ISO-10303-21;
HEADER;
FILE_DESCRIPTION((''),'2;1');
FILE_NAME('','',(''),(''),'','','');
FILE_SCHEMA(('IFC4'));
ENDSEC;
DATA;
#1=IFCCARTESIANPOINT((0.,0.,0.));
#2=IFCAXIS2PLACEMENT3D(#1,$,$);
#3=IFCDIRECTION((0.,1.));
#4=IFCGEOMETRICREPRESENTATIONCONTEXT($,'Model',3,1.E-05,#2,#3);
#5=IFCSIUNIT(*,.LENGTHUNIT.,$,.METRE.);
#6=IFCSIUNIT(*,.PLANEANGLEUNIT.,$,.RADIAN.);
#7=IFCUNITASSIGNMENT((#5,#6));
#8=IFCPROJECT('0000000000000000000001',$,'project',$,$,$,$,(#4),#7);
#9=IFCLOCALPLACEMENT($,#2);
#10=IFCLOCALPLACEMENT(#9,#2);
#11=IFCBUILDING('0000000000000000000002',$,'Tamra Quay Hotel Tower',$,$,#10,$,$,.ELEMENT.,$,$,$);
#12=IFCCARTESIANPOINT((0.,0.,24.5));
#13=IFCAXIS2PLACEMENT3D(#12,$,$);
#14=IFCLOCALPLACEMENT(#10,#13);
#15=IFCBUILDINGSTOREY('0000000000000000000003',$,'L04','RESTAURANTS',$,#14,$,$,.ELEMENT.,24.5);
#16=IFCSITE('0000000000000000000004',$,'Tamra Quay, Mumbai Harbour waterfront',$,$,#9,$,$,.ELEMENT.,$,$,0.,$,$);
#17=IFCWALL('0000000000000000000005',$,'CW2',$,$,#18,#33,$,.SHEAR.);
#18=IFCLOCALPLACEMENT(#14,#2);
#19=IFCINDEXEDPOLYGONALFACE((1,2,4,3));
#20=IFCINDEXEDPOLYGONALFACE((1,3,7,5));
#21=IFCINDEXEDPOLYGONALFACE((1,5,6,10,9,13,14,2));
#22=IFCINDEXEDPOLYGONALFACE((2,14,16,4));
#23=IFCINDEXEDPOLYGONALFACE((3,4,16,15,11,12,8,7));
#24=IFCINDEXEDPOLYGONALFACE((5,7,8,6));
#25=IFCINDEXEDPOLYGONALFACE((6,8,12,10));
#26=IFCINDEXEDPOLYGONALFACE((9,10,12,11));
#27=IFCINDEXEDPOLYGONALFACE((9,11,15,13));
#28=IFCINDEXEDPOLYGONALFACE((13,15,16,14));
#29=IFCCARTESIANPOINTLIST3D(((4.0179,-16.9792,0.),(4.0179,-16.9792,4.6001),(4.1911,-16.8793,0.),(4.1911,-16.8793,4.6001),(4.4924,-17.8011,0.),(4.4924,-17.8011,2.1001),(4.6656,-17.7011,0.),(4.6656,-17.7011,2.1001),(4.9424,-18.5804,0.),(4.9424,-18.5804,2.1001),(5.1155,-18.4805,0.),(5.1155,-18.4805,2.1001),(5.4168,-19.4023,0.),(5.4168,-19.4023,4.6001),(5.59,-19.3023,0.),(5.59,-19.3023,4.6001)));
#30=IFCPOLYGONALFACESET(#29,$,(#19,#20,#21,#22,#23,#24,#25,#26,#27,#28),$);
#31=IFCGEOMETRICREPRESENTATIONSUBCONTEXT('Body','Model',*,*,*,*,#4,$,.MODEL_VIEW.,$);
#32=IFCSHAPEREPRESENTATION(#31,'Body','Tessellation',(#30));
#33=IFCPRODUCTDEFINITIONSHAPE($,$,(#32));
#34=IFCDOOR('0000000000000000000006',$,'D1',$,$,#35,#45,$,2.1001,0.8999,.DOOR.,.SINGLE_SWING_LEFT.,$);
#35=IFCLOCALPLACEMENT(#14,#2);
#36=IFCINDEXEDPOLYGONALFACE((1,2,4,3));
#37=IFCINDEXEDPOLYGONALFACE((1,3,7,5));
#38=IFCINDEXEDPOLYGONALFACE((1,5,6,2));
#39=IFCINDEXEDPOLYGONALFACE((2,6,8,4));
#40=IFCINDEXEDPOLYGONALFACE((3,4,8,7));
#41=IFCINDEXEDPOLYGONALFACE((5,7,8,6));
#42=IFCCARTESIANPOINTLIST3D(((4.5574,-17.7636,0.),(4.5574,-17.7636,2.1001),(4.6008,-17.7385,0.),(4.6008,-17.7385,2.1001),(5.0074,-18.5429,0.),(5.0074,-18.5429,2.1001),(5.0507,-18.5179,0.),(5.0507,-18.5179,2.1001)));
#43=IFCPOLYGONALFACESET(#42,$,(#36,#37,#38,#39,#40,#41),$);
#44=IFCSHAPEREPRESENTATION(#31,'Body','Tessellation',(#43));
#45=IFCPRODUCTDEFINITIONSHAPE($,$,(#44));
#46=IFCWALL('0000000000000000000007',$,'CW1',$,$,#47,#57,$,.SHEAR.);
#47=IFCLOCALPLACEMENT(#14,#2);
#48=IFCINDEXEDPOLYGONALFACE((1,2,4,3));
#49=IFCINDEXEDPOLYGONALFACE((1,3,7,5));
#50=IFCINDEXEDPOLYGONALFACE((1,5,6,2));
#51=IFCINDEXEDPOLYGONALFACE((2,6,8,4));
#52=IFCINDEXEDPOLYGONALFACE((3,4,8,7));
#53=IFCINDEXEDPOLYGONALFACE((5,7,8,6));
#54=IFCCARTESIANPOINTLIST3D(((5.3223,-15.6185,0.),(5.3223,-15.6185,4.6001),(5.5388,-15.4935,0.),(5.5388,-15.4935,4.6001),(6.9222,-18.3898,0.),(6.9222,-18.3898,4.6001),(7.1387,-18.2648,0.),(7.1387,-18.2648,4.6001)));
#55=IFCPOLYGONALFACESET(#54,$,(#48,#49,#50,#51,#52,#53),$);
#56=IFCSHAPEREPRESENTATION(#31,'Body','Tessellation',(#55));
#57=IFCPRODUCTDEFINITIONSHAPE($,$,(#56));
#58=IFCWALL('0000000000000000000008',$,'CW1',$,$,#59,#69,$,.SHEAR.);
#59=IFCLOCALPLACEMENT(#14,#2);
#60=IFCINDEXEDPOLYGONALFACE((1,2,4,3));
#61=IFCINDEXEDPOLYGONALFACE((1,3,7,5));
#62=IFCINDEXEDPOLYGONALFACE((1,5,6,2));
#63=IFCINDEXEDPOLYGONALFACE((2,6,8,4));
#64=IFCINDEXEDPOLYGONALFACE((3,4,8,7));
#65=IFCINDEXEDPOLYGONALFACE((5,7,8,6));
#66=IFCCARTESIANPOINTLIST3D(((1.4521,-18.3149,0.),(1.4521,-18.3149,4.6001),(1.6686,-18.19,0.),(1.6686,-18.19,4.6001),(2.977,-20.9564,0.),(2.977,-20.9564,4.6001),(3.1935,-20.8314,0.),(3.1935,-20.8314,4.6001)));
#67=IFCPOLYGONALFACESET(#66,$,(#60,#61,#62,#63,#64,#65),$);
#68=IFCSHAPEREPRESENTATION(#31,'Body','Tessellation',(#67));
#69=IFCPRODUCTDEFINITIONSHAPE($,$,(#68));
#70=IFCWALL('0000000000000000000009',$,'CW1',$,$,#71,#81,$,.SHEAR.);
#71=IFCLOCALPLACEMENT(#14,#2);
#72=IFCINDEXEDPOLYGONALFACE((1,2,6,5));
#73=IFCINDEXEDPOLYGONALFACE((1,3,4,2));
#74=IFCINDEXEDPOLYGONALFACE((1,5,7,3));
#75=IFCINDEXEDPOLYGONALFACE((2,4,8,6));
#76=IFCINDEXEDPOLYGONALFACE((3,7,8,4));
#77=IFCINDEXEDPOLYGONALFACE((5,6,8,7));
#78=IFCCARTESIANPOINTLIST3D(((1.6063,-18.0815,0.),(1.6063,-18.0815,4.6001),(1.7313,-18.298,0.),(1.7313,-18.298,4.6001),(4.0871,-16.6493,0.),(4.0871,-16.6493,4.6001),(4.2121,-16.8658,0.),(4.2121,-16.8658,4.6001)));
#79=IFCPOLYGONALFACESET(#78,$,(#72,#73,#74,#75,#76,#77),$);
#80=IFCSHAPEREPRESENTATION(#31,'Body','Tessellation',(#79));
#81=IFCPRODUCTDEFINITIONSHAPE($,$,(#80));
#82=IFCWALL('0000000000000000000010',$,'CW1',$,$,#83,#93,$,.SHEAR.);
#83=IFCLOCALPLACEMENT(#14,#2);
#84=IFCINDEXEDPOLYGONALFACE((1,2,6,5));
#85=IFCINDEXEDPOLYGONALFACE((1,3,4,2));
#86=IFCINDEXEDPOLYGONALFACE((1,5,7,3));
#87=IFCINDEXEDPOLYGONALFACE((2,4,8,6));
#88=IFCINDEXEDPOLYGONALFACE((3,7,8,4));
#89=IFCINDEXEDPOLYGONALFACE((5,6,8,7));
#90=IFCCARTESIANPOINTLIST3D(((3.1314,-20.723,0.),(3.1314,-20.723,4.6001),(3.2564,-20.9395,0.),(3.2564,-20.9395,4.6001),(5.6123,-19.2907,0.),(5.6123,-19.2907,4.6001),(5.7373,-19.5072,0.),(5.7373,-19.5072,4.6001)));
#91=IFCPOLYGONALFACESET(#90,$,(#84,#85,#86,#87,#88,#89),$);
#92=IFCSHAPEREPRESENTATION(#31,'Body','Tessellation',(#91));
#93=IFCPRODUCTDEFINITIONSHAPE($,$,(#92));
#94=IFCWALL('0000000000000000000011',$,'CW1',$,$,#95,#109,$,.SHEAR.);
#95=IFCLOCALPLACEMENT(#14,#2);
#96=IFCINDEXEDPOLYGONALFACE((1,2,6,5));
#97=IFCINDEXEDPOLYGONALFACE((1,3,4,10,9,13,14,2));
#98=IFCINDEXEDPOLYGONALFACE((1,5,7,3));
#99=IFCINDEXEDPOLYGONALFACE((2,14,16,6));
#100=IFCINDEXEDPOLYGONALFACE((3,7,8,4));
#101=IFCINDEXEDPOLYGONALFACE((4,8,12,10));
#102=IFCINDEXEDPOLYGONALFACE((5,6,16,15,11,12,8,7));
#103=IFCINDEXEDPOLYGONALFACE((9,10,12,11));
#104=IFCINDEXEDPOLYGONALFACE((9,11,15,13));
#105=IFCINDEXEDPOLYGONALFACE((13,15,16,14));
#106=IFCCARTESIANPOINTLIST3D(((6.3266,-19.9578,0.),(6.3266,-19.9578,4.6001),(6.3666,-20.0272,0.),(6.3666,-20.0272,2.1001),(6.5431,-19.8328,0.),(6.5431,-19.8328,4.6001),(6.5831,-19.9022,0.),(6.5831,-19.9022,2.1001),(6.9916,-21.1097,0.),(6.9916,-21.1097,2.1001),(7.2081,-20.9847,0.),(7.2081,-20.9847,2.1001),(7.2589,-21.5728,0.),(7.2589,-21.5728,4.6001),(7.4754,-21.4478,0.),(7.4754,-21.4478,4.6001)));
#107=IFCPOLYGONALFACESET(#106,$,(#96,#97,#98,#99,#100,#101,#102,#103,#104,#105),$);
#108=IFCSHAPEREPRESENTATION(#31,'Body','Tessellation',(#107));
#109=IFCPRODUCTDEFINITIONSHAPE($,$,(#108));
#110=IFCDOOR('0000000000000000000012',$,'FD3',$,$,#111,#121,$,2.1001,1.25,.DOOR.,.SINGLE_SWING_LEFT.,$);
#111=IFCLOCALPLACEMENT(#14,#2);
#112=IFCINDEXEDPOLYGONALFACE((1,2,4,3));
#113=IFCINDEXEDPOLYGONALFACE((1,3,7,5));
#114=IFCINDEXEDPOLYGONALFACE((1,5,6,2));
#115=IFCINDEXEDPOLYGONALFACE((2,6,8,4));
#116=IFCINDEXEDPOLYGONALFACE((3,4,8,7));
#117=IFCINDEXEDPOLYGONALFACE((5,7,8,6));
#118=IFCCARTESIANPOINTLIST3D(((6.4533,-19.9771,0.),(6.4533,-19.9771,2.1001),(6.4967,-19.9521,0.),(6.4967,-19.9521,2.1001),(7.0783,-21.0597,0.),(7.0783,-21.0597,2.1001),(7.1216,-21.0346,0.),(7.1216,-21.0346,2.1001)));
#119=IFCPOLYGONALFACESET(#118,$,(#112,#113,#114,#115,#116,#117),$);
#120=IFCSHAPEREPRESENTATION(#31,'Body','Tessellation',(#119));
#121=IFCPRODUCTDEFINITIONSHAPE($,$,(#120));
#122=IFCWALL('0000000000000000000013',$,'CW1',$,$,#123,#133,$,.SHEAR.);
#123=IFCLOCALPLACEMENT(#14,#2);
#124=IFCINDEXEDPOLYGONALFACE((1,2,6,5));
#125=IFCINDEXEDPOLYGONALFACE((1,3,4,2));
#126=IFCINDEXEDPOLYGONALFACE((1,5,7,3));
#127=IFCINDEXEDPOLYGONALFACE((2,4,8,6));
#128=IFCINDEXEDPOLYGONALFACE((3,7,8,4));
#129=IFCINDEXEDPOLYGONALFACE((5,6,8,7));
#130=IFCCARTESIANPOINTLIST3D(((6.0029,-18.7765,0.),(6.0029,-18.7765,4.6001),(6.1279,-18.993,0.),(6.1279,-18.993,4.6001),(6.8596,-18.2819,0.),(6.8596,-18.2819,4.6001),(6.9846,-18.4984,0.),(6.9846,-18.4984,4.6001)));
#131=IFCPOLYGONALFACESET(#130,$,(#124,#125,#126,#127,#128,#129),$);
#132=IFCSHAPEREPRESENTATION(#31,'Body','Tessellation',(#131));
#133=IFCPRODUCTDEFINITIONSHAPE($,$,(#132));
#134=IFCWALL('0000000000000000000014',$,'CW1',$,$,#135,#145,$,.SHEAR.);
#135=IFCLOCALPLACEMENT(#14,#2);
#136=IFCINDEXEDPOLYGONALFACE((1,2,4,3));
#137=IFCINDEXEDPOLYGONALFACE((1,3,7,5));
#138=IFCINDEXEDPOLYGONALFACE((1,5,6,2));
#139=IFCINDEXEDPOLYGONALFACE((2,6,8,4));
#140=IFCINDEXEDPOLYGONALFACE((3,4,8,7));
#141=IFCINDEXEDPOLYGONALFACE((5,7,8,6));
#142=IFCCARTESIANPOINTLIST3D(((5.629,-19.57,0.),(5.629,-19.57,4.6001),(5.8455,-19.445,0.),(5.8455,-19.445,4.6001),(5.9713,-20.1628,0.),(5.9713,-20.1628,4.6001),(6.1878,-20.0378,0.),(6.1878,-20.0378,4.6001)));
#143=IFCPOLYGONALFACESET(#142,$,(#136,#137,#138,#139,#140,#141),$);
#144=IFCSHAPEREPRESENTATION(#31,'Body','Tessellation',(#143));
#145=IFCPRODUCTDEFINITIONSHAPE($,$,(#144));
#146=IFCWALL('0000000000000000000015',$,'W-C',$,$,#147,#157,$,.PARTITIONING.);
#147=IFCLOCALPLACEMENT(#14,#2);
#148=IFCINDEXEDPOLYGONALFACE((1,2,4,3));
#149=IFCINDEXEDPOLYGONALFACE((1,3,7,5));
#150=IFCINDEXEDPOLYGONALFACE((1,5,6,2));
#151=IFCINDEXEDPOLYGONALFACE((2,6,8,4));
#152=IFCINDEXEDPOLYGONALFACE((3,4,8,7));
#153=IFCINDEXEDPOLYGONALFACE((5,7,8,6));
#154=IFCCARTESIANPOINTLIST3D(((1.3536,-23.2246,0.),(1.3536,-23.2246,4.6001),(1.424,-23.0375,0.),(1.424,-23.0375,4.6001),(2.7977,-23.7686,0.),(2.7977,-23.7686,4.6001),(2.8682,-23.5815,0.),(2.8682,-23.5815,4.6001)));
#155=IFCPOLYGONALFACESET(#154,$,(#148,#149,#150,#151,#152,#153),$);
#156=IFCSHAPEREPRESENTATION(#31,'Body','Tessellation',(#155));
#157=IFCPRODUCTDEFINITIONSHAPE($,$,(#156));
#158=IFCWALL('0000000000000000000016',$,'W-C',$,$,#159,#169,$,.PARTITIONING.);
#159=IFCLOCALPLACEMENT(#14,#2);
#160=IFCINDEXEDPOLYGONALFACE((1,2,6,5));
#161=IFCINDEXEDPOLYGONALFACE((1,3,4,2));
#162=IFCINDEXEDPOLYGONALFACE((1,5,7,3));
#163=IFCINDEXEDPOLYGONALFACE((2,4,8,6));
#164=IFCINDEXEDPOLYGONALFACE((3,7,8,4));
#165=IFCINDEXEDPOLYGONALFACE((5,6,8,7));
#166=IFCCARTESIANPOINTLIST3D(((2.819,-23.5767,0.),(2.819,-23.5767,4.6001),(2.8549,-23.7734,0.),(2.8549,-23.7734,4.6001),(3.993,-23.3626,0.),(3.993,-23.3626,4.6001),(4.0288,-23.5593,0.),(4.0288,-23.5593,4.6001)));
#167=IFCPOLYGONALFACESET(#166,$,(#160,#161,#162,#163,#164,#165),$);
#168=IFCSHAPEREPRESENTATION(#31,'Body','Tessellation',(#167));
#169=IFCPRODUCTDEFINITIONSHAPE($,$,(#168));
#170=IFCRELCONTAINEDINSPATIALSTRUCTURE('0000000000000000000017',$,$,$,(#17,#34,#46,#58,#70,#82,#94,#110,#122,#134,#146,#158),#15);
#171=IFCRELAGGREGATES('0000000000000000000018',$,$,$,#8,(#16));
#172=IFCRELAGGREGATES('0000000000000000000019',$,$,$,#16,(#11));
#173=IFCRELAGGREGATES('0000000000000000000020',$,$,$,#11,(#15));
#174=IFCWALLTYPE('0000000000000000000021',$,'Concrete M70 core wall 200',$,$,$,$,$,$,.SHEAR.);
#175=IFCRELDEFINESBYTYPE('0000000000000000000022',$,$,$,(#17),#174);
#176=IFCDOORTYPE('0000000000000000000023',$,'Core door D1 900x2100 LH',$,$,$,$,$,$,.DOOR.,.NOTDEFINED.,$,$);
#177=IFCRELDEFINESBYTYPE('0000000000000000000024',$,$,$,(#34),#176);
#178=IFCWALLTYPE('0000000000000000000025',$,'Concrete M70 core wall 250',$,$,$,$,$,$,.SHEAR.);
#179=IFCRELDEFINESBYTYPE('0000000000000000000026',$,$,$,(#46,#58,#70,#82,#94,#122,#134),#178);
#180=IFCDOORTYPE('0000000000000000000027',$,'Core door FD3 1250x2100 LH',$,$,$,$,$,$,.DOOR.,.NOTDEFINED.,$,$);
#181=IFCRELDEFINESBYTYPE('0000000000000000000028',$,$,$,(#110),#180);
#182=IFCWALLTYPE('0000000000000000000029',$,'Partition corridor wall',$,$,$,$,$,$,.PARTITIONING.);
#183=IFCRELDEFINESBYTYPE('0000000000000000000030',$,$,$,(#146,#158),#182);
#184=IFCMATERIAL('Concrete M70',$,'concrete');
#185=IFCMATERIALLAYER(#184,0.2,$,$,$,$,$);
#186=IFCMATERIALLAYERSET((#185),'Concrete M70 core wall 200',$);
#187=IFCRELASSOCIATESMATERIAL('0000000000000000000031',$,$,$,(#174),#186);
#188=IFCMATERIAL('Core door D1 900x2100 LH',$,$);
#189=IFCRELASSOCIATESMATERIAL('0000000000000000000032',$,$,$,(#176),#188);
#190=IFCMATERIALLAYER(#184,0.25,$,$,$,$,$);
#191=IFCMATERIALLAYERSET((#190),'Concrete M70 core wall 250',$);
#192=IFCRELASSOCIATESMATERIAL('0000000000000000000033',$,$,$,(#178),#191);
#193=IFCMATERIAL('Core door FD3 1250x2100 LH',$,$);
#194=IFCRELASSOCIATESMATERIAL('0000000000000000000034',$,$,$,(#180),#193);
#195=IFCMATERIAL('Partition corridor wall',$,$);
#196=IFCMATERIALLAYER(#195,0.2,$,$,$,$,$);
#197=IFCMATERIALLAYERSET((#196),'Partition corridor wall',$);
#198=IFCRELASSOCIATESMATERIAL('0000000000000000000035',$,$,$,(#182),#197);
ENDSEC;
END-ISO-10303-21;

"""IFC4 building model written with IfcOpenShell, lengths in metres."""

from ifc_helpers import new_model, si_unit, direction, frame, frame_2d, origin, place, context, subcontext, project, spatial, rectangle, extrude, material, layer, layer_set, type_object, element, fill, save


model = new_model("IFC4")

# Units and contexts
model_context = context("Model", 3, precision=1e-05, world=origin(), true_north=direction((0.0, 1.0)))
body_context = subcontext(model_context, "Body", "Model", "MODEL_VIEW")
ifc_project = project(units=[si_unit("LENGTHUNIT", "METRE"), si_unit("PLANEANGLEUNIT", "RADIAN")], contexts=[model_context])

# Site, building, storey
site_placement = place(None, origin())
site = spatial("IfcSite", under=ifc_project, at=site_placement, Name="Tamra Quay, Mumbai Harbour waterfront", CompositionType="ELEMENT", RefElevation=0.0)
building_placement = place(site_placement, origin())
building = spatial("IfcBuilding", under=site, at=building_placement, Name="Tamra Quay Hotel Tower", CompositionType="ELEMENT")
storey_placement = place(building_placement, frame((0.0, 0.0, 24.5)))
storey = spatial("IfcBuildingStorey", under=building, at=storey_placement, Name="L04", Description="RESTAURANTS", CompositionType="ELEMENT", Elevation=24.5)

# Shared definitions
ifc_material_1 = material(Name="Concrete M70", Category="concrete")
ifc_layer_1 = layer(ifc_material_1, 0.2)
ifc_layer_set_1 = layer_set([ifc_layer_1], Name="Concrete M70 core wall 200")
wall_type_1 = type_object("IfcWallType", Name="Concrete M70 core wall 200", PredefinedType="SHEAR", material=ifc_layer_set_1)

# Wall, opening, door
wall_1_placement = place(storey_placement, frame((5.5034, -19.3523, 0.0), z_axis=(0.0, 0.0, 1.0), x_axis=(-0.499987, 0.866033, 0.0)))
wall_1 = element("IfcWall", 1, at=wall_1_placement, inside=storey, type_object=wall_type_1, Name="CW2", PredefinedType="SHEAR", context=body_context, shape_type="SweptSolid", body=[
    extrude(rectangle(XDim=2.7979, YDim=0.2, at=frame_2d((1.3989, 0.0))), origin(), (0.0, 0.0, 1.0), 4.6001),
])
opening_1_placement = place(wall_1_placement, frame((0.949, 0.0, 0.0)))
opening_1 = element("IfcOpeningElement", 2, at=opening_1_placement, cuts=wall_1, PredefinedType="OPENING", context=body_context, shape_type="SweptSolid", body=[
    extrude(rectangle(XDim=0.8999, YDim=2.1001, at=frame_2d((0.45, 1.05))), frame((0.0, 0.1099, 0.0), z_axis=(0.0, -1.0, 0.0), x_axis=(1.0, 0.0, 0.0)), (0.0, 0.0, 1.0), 0.22),
])
ifc_material_2 = material(Name="Core door D1 900x2100 LH")
door_type_1 = type_object("IfcDoorType", Name="Core door D1 900x2100 LH", OperationType="NOTDEFINED", PredefinedType="DOOR", material=ifc_material_2)
door_1_placement = place(opening_1_placement, origin())
door_1 = element("IfcDoor", 3, at=door_1_placement, inside=storey, type_object=door_type_1, Name="D1", OperationType="SINGLE_SWING_LEFT", OverallHeight=2.1001, OverallWidth=0.8999, PredefinedType="DOOR", context=body_context, shape_type="SweptSolid", body=[
    extrude(rectangle(XDim=0.8999, YDim=2.1001, at=frame_2d((0.45, 1.05))), frame((0.0, 0.0249, 0.0), z_axis=(0.0, -1.0, 0.0), x_axis=(1.0, 0.0, 0.0)), (0.0, 0.0, 1.0), 0.05),
])
fill(opening_1, door_1)

# Walls
ifc_layer_2 = layer(ifc_material_1, 0.25)
ifc_layer_set_2 = layer_set([ifc_layer_2], Name="Concrete M70 core wall 250")
wall_type_2 = type_object("IfcWallType", Name="Concrete M70 core wall 250", PredefinedType="SHEAR", material=ifc_layer_set_2)
wall_2_placement = place(storey_placement, frame((7.0305, -18.3274, 0.0), z_axis=(0.0, 0.0, 1.0), x_axis=(-0.499971, 0.866042, 0.0)))
element("IfcWall", 4, at=wall_2_placement, inside=storey, type_object=wall_type_2, Name="CW1", PredefinedType="SHEAR", context=body_context, shape_type="SweptSolid", body=[
    extrude(rectangle(XDim=3.2, YDim=0.25, at=frame_2d((1.6001, 0.0))), origin(), (0.0, 0.0, 1.0), 4.6001),
])
wall_3_placement = place(storey_placement, frame((3.0852, -20.8938, 0.0), z_axis=(0.0, 0.0, 1.0), x_axis=(-0.499979, 0.866038, 0.0)))
element("IfcWall", 5, at=wall_3_placement, inside=storey, type_object=wall_type_2, Name="CW1", PredefinedType="SHEAR", context=body_context, shape_type="SweptSolid", body=[
    extrude(rectangle(XDim=3.05, YDim=0.25, at=frame_2d((1.5249, 0.0))), origin(), (0.0, 0.0, 1.0), 4.6001),
])
wall_4_placement = place(storey_placement, frame((1.6689, -18.1897, 0.0), z_axis=(0.0, 0.0, 1.0), x_axis=(0.866042, 0.499971, 0.0)))
element("IfcWall", 6, at=wall_4_placement, inside=storey, type_object=wall_type_2, Name="CW1", PredefinedType="SHEAR", context=body_context, shape_type="SweptSolid", body=[
    extrude(rectangle(XDim=2.8645, YDim=0.25, at=frame_2d((1.4321, 0.0))), origin(), (0.0, 0.0, 1.0), 4.6001),
])
wall_5_placement = place(storey_placement, frame((5.6748, -19.3989, 0.0), z_axis=(0.0, 0.0, 1.0), x_axis=(-0.866027, -0.499998, 0.0)))
element("IfcWall", 7, at=wall_5_placement, inside=storey, type_object=wall_type_2, Name="CW1", PredefinedType="SHEAR", context=body_context, shape_type="SweptSolid", body=[
    extrude(rectangle(XDim=2.8647, YDim=0.25, at=frame_2d((1.4324, 0.0))), origin(), (0.0, 0.0, 1.0), 4.6001),
])

# Wall, opening, door
wall_6_placement = place(storey_placement, frame((7.3672, -21.5103, 0.0), z_axis=(0.0, 0.0, 1.0), x_axis=(-0.499983, 0.866035, 0.0)))
wall_6 = element("IfcWall", 8, at=wall_6_placement, inside=storey, type_object=wall_type_2, Name="CW1", PredefinedType="SHEAR", context=body_context, shape_type="SweptSolid", body=[
    extrude(rectangle(XDim=1.8647, YDim=0.25, at=frame_2d((0.9324, 0.0))), origin(), (0.0, 0.0, 1.0), 4.6001),
])
opening_2_placement = place(wall_6_placement, frame((0.5347, 0.0, 0.0)))
opening_2 = element("IfcOpeningElement", 9, at=opening_2_placement, cuts=wall_6, PredefinedType="OPENING", context=body_context, shape_type="SweptSolid", body=[
    extrude(rectangle(XDim=1.25, YDim=2.1001, at=frame_2d((0.625, 1.05))), frame((0.0, 0.135, 0.0), z_axis=(0.0, -1.0, 0.0), x_axis=(1.0, 0.0, 0.0)), (0.0, 0.0, 1.0), 0.27),
])
ifc_material_3 = material(Name="Core door FD3 1250x2100 LH")
door_type_2 = type_object("IfcDoorType", Name="Core door FD3 1250x2100 LH", OperationType="NOTDEFINED", PredefinedType="DOOR", material=ifc_material_3)
door_2_placement = place(opening_2_placement, origin())
door_2 = element("IfcDoor", 10, at=door_2_placement, inside=storey, type_object=door_type_2, Name="FD3", OperationType="SINGLE_SWING_LEFT", OverallHeight=2.1001, OverallWidth=1.25, PredefinedType="DOOR", context=body_context, shape_type="SweptSolid", body=[
    extrude(rectangle(XDim=1.25, YDim=2.1001, at=frame_2d((0.625, 1.05))), frame((0.0, 0.0249, 0.0), z_axis=(0.0, -1.0, 0.0), x_axis=(1.0, 0.0, 0.0)), (0.0, 0.0, 1.0), 0.05),
])
fill(opening_2, door_2)

# Walls
wall_7_placement = place(storey_placement, frame((6.0654, -18.8848, 0.0), z_axis=(0.0, 0.0, 1.0), x_axis=(0.866017, 0.500014, 0.0)))
element("IfcWall", 11, at=wall_7_placement, inside=storey, type_object=wall_type_2, Name="CW1", PredefinedType="SHEAR", context=body_context, shape_type="SweptSolid", body=[
    extrude(rectangle(XDim=0.9893, YDim=0.25, at=frame_2d((0.4946, 0.0))), origin(), (0.0, 0.0, 1.0), 4.6001),
])
wall_8_placement = place(storey_placement, frame((6.0796, -20.1003, 0.0), z_axis=(0.0, 0.0, 1.0), x_axis=(-0.500052, 0.865996, 0.0)))
element("IfcWall", 12, at=wall_8_placement, inside=storey, type_object=wall_type_2, Name="CW1", PredefinedType="SHEAR", context=body_context, shape_type="SweptSolid", body=[
    extrude(rectangle(XDim=0.6846, YDim=0.25, at=frame_2d((0.3423, 0.0))), origin(), (0.0, 0.0, 1.0), 4.6001),
])
ifc_material_4 = material(Name="Partition corridor wall")
ifc_layer_3 = layer(ifc_material_4, 0.2)
ifc_layer_set_3 = layer_set([ifc_layer_3], Name="Partition corridor wall")
wall_type_3 = type_object("IfcWallType", Name="Partition corridor wall", PredefinedType="PARTITIONING", material=ifc_layer_set_3)
wall_9_placement = place(storey_placement, frame((1.3889, -23.1311, 0.0), z_axis=(0.0, 0.0, 1.0), x_axis=(0.935815, -0.352493, 0.0)))
element("IfcWall", 13, at=wall_9_placement, inside=storey, type_object=wall_type_3, Name="W-C", PredefinedType="PARTITIONING", context=body_context, shape_type="SweptSolid", body=[
    extrude(rectangle(XDim=1.5432, YDim=0.2, at=frame_2d((0.7715, 0.0))), origin(), (0.0, 0.0, 1.0), 4.6001),
])
wall_10_placement = place(storey_placement, frame((2.8369, -23.675, 0.0), z_axis=(0.0, 0.0, 1.0), x_axis=(0.983775, 0.179407, 0.0)))
element("IfcWall", 14, at=wall_10_placement, inside=storey, type_object=wall_type_3, Name="W-C", PredefinedType="PARTITIONING", context=body_context, shape_type="SweptSolid", body=[
    extrude(rectangle(XDim=1.1934, YDim=0.2, at=frame_2d((0.5967, 0.0))), origin(), (0.0, 0.0, 1.0), 4.6001),
])

save(model, "model.ifc")
